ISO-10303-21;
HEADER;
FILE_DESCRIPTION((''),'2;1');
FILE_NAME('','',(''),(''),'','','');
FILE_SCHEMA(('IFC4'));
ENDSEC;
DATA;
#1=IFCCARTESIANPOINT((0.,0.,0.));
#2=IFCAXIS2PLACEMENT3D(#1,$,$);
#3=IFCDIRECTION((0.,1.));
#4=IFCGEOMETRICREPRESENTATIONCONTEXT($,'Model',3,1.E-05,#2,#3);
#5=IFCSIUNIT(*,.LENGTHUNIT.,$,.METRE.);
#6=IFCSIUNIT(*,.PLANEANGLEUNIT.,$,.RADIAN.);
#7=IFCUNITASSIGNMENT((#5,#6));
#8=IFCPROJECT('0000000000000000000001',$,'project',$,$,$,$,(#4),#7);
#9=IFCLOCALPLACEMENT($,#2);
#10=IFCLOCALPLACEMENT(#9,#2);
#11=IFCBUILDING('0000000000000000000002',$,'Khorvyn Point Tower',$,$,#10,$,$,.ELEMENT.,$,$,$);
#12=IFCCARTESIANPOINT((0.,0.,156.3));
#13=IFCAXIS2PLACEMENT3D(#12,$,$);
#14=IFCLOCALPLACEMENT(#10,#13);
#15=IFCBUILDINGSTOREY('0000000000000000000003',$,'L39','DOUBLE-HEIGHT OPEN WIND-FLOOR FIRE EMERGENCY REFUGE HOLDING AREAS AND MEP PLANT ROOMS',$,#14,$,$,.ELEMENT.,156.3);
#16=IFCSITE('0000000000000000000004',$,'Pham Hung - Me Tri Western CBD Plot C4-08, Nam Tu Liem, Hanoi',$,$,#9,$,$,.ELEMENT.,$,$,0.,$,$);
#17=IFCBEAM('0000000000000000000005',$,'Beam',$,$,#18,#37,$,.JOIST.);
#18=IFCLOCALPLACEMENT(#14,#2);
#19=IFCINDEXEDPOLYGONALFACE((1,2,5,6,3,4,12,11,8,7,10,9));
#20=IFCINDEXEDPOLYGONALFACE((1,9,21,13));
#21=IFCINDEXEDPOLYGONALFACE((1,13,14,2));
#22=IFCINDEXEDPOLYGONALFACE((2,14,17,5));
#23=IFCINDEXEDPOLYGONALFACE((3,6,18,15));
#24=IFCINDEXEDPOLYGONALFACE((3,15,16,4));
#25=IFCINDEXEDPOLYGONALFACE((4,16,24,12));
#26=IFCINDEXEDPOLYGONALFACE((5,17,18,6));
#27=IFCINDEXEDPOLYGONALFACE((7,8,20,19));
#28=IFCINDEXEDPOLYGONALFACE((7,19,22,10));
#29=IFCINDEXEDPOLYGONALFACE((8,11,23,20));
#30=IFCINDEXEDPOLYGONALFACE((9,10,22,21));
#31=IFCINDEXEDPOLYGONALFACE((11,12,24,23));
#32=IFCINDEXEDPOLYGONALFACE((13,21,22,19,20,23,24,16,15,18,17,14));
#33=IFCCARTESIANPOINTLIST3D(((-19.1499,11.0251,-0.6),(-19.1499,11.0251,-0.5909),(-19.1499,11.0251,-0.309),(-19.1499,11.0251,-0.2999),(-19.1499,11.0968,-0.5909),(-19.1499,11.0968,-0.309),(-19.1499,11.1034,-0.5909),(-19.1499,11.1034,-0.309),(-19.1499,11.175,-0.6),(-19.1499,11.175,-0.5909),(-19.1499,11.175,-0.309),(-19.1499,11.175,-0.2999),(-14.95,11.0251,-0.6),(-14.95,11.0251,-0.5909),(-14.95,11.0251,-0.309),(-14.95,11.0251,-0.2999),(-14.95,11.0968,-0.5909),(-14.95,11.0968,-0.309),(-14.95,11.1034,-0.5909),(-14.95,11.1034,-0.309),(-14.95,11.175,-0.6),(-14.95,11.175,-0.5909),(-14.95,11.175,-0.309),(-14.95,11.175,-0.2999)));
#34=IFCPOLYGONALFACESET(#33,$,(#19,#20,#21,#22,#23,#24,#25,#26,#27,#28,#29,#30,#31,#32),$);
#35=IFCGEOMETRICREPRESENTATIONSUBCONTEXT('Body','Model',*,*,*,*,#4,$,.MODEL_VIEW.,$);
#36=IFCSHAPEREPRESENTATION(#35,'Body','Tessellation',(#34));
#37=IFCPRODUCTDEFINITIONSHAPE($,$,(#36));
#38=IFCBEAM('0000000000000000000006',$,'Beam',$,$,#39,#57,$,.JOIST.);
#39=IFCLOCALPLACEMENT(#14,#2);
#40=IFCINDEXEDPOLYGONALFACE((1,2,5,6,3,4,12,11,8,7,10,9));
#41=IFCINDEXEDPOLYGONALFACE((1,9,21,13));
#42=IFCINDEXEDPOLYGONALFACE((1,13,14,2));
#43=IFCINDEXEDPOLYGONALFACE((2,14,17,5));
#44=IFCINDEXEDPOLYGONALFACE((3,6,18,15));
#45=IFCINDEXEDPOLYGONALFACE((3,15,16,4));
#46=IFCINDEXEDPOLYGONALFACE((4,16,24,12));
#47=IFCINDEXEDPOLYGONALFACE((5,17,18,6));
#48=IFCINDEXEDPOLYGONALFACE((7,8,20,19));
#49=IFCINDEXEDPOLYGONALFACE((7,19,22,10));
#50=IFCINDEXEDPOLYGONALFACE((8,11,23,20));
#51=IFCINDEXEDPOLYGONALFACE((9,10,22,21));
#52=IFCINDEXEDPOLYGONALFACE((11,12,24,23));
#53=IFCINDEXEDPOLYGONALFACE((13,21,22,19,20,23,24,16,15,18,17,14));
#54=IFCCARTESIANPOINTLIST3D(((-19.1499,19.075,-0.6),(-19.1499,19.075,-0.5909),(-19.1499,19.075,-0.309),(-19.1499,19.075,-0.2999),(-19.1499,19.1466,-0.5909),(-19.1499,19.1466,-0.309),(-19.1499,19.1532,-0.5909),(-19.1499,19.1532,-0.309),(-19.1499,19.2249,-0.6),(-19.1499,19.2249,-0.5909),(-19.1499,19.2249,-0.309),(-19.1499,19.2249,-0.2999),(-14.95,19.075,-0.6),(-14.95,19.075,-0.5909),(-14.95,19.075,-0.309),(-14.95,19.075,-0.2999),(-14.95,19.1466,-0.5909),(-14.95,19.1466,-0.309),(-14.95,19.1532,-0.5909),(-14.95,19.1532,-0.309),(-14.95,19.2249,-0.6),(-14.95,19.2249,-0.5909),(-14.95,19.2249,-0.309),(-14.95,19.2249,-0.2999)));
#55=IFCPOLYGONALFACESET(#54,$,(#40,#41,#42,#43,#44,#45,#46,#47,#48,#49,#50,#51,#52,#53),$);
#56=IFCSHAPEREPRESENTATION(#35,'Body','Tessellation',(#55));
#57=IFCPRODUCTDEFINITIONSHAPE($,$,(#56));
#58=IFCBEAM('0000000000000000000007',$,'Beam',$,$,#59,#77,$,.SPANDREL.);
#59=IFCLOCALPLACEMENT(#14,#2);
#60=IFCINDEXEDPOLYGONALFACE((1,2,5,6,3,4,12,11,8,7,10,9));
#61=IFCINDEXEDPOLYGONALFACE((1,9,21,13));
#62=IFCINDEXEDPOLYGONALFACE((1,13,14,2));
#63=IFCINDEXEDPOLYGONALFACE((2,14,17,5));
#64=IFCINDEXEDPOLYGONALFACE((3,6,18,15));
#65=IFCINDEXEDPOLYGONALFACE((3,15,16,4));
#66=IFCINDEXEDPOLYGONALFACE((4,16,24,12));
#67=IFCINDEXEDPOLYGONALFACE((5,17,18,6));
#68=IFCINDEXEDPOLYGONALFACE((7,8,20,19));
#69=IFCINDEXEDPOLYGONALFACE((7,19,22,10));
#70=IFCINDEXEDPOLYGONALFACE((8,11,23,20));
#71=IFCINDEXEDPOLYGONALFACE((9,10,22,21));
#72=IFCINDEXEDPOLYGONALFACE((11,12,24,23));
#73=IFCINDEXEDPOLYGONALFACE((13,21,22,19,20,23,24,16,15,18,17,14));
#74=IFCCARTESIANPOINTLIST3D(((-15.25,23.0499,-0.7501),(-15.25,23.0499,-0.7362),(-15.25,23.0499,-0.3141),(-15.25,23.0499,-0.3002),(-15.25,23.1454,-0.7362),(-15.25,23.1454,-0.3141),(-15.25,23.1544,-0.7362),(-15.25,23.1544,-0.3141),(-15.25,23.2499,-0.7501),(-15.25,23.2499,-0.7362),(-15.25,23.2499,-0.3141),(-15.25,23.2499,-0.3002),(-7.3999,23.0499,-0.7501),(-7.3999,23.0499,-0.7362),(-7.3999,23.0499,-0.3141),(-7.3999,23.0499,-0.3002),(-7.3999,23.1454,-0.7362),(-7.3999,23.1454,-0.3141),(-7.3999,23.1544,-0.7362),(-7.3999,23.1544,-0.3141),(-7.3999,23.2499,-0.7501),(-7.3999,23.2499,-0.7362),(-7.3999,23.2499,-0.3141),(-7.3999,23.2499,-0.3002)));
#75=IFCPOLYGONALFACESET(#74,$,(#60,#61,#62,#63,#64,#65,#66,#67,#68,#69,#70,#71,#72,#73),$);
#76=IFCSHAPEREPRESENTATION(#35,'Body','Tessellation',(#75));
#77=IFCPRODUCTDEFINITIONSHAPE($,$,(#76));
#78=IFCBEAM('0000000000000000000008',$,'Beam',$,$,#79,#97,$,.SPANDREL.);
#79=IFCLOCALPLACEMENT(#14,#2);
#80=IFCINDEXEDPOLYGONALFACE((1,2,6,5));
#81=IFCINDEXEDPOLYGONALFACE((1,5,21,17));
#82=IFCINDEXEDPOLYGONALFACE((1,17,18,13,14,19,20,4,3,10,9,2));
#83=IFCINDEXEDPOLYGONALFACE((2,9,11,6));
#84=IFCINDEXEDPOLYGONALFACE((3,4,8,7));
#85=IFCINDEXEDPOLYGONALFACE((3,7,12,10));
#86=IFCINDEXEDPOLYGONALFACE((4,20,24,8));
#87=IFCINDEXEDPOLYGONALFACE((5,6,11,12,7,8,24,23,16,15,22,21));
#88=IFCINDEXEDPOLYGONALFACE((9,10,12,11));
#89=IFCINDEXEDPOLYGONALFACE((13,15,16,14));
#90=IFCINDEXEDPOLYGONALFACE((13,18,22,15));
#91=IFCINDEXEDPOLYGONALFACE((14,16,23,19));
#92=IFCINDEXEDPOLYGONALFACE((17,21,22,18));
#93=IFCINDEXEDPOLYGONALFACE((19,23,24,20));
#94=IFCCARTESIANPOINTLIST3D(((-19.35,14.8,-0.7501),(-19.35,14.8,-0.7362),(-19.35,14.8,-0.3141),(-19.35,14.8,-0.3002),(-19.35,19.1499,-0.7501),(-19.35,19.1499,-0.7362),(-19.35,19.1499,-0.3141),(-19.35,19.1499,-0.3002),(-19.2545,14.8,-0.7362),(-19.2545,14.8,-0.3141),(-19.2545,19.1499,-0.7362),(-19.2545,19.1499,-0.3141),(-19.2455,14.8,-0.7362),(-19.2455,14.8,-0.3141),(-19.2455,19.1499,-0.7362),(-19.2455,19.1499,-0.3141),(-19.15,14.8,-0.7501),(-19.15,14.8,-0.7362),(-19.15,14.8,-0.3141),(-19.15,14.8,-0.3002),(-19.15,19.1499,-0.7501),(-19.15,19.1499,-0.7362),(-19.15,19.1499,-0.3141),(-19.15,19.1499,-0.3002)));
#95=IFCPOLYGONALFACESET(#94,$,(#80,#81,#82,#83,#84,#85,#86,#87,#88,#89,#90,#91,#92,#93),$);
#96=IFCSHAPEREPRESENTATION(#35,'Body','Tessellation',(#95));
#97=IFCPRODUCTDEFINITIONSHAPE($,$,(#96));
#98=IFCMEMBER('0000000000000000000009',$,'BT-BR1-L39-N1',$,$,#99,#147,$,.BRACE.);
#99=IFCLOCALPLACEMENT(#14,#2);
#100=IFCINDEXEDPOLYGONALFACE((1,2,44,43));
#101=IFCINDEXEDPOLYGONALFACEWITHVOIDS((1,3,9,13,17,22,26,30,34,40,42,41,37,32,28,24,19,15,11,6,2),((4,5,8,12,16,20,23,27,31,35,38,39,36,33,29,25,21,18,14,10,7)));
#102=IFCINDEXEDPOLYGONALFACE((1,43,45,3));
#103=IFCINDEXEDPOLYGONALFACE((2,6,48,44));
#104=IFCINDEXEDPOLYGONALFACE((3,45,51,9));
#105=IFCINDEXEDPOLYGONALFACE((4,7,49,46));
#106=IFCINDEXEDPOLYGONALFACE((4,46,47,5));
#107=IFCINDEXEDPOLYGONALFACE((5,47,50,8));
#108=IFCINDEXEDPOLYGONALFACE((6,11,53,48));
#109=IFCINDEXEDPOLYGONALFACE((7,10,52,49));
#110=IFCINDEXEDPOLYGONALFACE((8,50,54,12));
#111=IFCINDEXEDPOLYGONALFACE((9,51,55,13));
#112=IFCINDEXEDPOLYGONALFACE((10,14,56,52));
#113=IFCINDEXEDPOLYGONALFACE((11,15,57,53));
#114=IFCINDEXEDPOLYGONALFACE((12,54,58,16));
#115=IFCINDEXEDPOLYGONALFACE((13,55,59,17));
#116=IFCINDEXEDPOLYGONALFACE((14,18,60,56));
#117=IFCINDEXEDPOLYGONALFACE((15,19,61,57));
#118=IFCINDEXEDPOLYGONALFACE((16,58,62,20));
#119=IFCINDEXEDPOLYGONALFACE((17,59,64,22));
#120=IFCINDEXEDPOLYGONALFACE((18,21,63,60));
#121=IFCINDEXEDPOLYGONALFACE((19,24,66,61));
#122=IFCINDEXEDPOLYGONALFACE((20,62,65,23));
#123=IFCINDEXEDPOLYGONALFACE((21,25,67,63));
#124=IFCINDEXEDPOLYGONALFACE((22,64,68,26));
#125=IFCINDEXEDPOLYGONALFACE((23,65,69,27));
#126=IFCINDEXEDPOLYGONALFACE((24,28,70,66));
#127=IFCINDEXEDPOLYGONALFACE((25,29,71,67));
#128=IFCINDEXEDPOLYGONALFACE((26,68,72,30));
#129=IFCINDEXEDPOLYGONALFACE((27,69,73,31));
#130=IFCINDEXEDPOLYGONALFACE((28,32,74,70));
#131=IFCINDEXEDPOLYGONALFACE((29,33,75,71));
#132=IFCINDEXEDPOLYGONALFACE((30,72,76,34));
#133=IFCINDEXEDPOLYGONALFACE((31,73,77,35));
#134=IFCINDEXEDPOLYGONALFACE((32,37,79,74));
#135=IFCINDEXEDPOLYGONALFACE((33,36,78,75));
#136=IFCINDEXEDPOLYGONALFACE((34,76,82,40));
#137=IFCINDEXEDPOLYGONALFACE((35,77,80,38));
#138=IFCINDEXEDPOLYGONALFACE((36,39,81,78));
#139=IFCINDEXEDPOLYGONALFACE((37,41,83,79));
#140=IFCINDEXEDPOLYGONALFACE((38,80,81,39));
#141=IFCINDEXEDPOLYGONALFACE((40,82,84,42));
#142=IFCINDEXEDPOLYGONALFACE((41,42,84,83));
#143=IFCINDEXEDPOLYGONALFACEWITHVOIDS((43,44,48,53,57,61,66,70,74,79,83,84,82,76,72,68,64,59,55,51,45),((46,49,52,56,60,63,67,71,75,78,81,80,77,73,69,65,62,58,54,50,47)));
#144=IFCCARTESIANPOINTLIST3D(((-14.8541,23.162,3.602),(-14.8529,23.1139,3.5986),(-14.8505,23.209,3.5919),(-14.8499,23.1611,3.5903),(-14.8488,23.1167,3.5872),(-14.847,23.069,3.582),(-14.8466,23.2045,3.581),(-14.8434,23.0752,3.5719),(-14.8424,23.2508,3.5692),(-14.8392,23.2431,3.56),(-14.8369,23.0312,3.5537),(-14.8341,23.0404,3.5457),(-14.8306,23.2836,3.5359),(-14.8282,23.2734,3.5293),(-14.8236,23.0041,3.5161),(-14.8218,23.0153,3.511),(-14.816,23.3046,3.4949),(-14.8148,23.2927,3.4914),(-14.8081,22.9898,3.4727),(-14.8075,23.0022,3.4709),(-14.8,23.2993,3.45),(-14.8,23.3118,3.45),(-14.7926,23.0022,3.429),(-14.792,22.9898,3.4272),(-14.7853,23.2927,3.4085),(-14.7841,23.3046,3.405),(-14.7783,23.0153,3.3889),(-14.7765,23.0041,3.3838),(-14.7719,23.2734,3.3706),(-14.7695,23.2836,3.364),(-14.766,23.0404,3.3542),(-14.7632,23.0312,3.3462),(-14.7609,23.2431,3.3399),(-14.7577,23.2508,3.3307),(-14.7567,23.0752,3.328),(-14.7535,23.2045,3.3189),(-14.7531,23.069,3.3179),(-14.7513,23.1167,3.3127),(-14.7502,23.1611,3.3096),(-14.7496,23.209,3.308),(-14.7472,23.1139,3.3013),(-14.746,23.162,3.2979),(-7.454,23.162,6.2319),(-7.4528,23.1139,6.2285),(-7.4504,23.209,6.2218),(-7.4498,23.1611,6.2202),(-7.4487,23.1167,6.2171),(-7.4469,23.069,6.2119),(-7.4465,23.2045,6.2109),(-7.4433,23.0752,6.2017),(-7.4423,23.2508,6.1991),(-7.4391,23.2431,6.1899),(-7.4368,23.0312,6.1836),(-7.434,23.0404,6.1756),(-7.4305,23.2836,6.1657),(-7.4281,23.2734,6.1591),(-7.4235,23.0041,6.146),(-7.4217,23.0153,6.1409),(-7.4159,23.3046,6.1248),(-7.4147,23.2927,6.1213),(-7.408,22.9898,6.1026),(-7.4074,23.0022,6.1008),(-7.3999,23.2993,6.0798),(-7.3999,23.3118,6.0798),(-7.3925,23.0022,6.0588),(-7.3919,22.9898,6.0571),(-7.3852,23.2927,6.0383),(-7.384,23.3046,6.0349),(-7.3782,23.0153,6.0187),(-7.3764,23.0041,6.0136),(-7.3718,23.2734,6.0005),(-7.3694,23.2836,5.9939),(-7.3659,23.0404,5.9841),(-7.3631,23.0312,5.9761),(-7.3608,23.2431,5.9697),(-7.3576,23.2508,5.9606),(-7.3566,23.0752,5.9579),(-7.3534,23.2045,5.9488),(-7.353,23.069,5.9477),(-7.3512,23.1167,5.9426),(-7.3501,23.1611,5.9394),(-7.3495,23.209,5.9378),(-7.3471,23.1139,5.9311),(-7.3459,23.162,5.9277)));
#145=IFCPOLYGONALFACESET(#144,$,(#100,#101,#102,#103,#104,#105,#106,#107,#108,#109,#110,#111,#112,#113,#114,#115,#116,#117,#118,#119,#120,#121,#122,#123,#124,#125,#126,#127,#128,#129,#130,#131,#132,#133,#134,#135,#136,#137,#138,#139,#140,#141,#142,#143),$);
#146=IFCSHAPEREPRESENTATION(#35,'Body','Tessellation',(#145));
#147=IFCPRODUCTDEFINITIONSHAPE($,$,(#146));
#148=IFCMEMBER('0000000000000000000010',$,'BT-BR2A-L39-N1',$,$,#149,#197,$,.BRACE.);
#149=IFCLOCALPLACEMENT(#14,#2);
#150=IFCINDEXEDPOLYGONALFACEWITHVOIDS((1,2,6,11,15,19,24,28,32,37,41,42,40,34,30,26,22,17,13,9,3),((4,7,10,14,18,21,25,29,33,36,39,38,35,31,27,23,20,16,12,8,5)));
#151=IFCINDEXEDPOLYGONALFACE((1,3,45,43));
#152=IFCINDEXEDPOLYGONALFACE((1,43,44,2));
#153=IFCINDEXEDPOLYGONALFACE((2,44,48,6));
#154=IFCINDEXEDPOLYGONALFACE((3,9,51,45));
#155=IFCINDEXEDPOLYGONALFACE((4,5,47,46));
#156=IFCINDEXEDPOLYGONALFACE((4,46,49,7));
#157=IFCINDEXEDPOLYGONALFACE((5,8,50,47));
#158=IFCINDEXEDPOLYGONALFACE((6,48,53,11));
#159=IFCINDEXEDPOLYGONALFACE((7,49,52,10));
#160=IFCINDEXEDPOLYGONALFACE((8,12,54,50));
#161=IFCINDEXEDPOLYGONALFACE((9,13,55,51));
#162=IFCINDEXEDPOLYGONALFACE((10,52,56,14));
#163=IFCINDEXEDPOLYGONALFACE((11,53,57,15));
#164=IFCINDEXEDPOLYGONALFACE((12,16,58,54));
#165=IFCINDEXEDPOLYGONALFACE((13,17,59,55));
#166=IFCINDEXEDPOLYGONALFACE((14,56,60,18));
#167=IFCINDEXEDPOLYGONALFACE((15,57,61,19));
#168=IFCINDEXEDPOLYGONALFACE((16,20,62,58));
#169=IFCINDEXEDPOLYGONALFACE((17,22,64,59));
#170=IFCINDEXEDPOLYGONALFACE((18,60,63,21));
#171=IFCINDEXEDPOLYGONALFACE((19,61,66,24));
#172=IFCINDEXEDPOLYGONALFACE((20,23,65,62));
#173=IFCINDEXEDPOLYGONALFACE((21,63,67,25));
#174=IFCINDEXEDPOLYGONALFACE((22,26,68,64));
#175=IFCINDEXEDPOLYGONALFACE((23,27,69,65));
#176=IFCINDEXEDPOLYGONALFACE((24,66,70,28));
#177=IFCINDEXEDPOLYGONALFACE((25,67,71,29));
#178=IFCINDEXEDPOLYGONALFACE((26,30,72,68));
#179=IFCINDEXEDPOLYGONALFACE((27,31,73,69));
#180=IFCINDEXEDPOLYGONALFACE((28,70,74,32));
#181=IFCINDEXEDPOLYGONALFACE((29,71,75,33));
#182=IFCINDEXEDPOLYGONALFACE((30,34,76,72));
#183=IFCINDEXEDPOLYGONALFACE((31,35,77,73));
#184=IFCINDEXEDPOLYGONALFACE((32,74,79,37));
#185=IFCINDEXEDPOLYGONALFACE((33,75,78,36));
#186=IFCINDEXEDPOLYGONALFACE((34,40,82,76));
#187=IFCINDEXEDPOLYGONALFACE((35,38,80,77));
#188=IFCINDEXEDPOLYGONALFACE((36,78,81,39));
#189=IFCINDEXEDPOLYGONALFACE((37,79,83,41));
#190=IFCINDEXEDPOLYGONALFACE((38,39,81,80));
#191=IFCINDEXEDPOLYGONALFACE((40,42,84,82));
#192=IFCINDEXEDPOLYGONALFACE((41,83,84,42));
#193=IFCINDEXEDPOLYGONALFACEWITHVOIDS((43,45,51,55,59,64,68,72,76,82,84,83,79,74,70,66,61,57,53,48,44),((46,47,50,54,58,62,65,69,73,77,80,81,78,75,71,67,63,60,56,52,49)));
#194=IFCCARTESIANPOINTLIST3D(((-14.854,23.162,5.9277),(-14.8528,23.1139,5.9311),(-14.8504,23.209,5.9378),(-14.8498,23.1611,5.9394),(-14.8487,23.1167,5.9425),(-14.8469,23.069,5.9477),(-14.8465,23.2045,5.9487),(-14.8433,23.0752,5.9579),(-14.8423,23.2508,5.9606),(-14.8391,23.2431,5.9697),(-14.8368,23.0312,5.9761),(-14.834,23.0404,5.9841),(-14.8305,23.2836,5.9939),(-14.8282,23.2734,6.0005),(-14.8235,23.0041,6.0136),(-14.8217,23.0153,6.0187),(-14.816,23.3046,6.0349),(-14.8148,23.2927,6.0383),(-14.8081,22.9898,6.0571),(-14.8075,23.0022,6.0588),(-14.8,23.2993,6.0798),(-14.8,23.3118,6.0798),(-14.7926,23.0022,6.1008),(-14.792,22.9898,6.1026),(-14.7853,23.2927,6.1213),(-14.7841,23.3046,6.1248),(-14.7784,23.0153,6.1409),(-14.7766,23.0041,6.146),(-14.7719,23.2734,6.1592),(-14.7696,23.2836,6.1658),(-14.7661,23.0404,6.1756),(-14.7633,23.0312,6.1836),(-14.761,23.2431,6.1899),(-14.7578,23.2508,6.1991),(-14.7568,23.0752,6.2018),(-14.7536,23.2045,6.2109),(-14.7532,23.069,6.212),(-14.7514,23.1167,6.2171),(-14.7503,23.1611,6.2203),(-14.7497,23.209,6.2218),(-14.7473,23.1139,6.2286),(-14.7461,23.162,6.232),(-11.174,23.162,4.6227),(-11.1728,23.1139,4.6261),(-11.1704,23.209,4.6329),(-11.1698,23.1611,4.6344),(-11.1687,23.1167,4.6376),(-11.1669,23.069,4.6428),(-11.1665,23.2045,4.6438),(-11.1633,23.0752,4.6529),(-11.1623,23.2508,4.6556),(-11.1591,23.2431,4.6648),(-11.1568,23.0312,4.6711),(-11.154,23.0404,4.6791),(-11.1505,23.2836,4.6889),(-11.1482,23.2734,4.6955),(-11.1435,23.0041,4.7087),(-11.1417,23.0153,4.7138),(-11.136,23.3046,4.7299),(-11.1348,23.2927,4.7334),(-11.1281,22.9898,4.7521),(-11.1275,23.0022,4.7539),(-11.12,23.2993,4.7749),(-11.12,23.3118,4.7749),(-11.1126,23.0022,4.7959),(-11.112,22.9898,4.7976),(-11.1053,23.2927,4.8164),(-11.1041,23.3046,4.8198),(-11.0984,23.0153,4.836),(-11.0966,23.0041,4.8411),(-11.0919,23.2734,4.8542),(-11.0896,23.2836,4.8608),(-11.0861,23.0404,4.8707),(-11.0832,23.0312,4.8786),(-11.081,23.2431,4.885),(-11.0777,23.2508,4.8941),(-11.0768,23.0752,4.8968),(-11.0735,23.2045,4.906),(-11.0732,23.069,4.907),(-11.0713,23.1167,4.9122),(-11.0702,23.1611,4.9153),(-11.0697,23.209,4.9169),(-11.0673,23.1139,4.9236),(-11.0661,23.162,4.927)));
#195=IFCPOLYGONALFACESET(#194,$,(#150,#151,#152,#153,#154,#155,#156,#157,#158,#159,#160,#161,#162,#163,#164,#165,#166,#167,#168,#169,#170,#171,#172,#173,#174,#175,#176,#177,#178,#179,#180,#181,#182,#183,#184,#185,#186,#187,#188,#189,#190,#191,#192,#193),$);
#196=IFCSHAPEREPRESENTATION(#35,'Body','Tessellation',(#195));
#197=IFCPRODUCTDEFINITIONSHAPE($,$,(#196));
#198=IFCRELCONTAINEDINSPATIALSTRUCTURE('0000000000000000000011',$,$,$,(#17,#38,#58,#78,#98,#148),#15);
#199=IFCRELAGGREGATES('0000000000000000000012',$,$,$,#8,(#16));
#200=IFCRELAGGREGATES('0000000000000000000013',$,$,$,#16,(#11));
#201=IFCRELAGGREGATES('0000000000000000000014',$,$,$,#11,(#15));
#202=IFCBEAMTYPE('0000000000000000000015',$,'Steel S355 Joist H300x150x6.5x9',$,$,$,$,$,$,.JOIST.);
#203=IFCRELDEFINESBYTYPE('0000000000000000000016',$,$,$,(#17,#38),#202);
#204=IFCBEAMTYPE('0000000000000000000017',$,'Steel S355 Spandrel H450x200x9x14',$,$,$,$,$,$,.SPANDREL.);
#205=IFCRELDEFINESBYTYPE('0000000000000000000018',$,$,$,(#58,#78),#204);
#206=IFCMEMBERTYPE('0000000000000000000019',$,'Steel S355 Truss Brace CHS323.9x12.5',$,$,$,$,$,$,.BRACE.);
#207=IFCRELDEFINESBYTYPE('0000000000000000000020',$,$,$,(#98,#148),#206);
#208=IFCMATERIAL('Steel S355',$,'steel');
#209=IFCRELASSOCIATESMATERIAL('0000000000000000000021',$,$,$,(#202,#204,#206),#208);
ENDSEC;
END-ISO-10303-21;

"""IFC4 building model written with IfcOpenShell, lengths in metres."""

from ifc_helpers import new_model, si_unit, direction, frame, origin, origin_2d, place, context, subcontext, project, spatial, hollow_circle, i_section, extrude, material, material_profile, profile_set, type_object, element, save


model = new_model("IFC4")

# Units and contexts
model_context = context("Model", 3, precision=1e-05, world=origin(), true_north=direction((0.0, 1.0)))
body_context = subcontext(model_context, "Body", "Model", "MODEL_VIEW")
ifc_project = project(units=[si_unit("LENGTHUNIT", "METRE"), si_unit("PLANEANGLEUNIT", "RADIAN")], contexts=[model_context])

# Site, building, storey
site_placement = place(None, origin())
site = spatial("IfcSite", under=ifc_project, at=site_placement, Name="Pham Hung - Me Tri Western CBD Plot C4-08, Nam Tu Liem, Hanoi", CompositionType="ELEMENT", RefElevation=0.0)
building_placement = place(site_placement, origin())
building = spatial("IfcBuilding", under=site, at=building_placement, Name="Khorvyn Point Tower", CompositionType="ELEMENT")
storey_placement = place(building_placement, frame((0.0, 0.0, 156.3)))
storey = spatial("IfcBuildingStorey", under=building, at=storey_placement, Name="L39", Description="DOUBLE-HEIGHT OPEN WIND-FLOOR FIRE EMERGENCY REFUGE HOLDING AREAS AND MEP PLANT ROOMS", CompositionType="ELEMENT", Elevation=156.3)

# Beams
ifc_material_1 = material(Name="Steel S355", Category="steel")
ifc_material_profile_1 = material_profile(ifc_material_1, i_section(OverallWidth=0.1499, OverallDepth=0.3, WebThickness=0.0066, FlangeThickness=0.009, at=origin_2d()))
ifc_profile_set_1 = profile_set([ifc_material_profile_1], Name="Steel S355 H300x150x6.5x9")
beam_type_1 = type_object("IfcBeamType", Name="Steel S355 Joist H300x150x6.5x9", PredefinedType="JOIST", material=ifc_profile_set_1)
for number, where, z_axis, x_axis, name in (
    (1, (-19.1499, 11.1001, -0.45), (1.0, 0.0, 0.0), (0.0, 1.0, 0.0), "Beam"),
    (2, (-19.1499, 19.1499, -0.45), (1.0, 0.0, 0.0), (0.0, 1.0, 0.0), "Beam"),
):
    element("IfcBeam", number, at=place(storey_placement, frame(where, z_axis=z_axis, x_axis=x_axis)), inside=storey, type_object=beam_type_1, Name=name, PredefinedType="JOIST", context=body_context, shape_type="SweptSolid", body=[
        extrude(i_section(OverallWidth=0.1499, OverallDepth=0.3, WebThickness=0.0066, FlangeThickness=0.009, at=origin_2d()), origin(), (0.0, 0.0, 1.0), 4.2),
    ])
ifc_material_profile_2 = material_profile(ifc_material_1, i_section(OverallWidth=0.2, OverallDepth=0.45, WebThickness=0.009, FlangeThickness=0.0139, at=origin_2d()))
ifc_profile_set_2 = profile_set([ifc_material_profile_2], Name="Steel S355 H450x200x9x14")
beam_type_2 = type_object("IfcBeamType", Name="Steel S355 Spandrel H450x200x9x14", PredefinedType="SPANDREL", material=ifc_profile_set_2)
beam_1_placement = place(storey_placement, frame((-15.25, 23.1499, -0.5251), z_axis=(1.0, 0.0, 0.0), x_axis=(0.0, 1.0, 0.0)))
element("IfcBeam", 3, at=beam_1_placement, inside=storey, type_object=beam_type_2, Name="Beam", PredefinedType="SPANDREL", context=body_context, shape_type="SweptSolid", body=[
    extrude(i_section(OverallWidth=0.2, OverallDepth=0.45, WebThickness=0.009, FlangeThickness=0.0139, at=origin_2d()), origin(), (0.0, 0.0, 1.0), 7.8501),
])
beam_2_placement = place(storey_placement, frame((-19.25, 14.8, -0.5251), z_axis=(0.0, 1.0, 0.0), x_axis=(-1.0, 0.0, 0.0)))
element("IfcBeam", 4, at=beam_2_placement, inside=storey, type_object=beam_type_2, Name="Beam", PredefinedType="SPANDREL", context=body_context, shape_type="SweptSolid", body=[
    extrude(i_section(OverallWidth=0.2, OverallDepth=0.45, WebThickness=0.009, FlangeThickness=0.0139, at=origin_2d()), origin(), (0.0, 0.0, 1.0), 4.3499),
])

# Members
ifc_material_profile_3 = material_profile(ifc_material_1, hollow_circle(Radius=0.1619, WallThickness=0.0125, at=origin_2d()))
ifc_profile_set_3 = profile_set([ifc_material_profile_3], Name="Steel S355 CHS323.9x12.5")
member_type_1 = type_object("IfcMemberType", Name="Steel S355 Truss Brace CHS323.9x12.5", PredefinedType="BRACE", material=ifc_profile_set_3)
member_1_placement = place(storey_placement, frame((-14.8, 23.1499, 3.45), z_axis=(0.942266, 0.0, 0.334865), x_axis=(0.0, 1.0, 0.0)))
element("IfcMember", 5, at=member_1_placement, inside=storey, type_object=member_type_1, Name="BT-BR1-L39-N1", PredefinedType="BRACE", context=body_context, shape_type="SweptSolid", body=[
    extrude(hollow_circle(Radius=0.1619, WallThickness=0.0125, at=origin_2d()), origin(), (0.0, 0.0, 1.0), 7.8535),
])
member_2_placement = place(storey_placement, frame((-14.8, 23.1499, 6.0798), z_axis=(0.942496, 0.0, -0.334216), x_axis=(0.0, 1.0, 0.0)))
element("IfcMember", 6, at=member_2_placement, inside=storey, type_object=member_type_1, Name="BT-BR2A-L39-N1", PredefinedType="BRACE", context=body_context, shape_type="SweptSolid", body=[
    extrude(hollow_circle(Radius=0.1619, WallThickness=0.0125, at=origin_2d()), origin(), (0.0, 0.0, 1.0), 3.9045),
])

save(model, "model.ifc")
